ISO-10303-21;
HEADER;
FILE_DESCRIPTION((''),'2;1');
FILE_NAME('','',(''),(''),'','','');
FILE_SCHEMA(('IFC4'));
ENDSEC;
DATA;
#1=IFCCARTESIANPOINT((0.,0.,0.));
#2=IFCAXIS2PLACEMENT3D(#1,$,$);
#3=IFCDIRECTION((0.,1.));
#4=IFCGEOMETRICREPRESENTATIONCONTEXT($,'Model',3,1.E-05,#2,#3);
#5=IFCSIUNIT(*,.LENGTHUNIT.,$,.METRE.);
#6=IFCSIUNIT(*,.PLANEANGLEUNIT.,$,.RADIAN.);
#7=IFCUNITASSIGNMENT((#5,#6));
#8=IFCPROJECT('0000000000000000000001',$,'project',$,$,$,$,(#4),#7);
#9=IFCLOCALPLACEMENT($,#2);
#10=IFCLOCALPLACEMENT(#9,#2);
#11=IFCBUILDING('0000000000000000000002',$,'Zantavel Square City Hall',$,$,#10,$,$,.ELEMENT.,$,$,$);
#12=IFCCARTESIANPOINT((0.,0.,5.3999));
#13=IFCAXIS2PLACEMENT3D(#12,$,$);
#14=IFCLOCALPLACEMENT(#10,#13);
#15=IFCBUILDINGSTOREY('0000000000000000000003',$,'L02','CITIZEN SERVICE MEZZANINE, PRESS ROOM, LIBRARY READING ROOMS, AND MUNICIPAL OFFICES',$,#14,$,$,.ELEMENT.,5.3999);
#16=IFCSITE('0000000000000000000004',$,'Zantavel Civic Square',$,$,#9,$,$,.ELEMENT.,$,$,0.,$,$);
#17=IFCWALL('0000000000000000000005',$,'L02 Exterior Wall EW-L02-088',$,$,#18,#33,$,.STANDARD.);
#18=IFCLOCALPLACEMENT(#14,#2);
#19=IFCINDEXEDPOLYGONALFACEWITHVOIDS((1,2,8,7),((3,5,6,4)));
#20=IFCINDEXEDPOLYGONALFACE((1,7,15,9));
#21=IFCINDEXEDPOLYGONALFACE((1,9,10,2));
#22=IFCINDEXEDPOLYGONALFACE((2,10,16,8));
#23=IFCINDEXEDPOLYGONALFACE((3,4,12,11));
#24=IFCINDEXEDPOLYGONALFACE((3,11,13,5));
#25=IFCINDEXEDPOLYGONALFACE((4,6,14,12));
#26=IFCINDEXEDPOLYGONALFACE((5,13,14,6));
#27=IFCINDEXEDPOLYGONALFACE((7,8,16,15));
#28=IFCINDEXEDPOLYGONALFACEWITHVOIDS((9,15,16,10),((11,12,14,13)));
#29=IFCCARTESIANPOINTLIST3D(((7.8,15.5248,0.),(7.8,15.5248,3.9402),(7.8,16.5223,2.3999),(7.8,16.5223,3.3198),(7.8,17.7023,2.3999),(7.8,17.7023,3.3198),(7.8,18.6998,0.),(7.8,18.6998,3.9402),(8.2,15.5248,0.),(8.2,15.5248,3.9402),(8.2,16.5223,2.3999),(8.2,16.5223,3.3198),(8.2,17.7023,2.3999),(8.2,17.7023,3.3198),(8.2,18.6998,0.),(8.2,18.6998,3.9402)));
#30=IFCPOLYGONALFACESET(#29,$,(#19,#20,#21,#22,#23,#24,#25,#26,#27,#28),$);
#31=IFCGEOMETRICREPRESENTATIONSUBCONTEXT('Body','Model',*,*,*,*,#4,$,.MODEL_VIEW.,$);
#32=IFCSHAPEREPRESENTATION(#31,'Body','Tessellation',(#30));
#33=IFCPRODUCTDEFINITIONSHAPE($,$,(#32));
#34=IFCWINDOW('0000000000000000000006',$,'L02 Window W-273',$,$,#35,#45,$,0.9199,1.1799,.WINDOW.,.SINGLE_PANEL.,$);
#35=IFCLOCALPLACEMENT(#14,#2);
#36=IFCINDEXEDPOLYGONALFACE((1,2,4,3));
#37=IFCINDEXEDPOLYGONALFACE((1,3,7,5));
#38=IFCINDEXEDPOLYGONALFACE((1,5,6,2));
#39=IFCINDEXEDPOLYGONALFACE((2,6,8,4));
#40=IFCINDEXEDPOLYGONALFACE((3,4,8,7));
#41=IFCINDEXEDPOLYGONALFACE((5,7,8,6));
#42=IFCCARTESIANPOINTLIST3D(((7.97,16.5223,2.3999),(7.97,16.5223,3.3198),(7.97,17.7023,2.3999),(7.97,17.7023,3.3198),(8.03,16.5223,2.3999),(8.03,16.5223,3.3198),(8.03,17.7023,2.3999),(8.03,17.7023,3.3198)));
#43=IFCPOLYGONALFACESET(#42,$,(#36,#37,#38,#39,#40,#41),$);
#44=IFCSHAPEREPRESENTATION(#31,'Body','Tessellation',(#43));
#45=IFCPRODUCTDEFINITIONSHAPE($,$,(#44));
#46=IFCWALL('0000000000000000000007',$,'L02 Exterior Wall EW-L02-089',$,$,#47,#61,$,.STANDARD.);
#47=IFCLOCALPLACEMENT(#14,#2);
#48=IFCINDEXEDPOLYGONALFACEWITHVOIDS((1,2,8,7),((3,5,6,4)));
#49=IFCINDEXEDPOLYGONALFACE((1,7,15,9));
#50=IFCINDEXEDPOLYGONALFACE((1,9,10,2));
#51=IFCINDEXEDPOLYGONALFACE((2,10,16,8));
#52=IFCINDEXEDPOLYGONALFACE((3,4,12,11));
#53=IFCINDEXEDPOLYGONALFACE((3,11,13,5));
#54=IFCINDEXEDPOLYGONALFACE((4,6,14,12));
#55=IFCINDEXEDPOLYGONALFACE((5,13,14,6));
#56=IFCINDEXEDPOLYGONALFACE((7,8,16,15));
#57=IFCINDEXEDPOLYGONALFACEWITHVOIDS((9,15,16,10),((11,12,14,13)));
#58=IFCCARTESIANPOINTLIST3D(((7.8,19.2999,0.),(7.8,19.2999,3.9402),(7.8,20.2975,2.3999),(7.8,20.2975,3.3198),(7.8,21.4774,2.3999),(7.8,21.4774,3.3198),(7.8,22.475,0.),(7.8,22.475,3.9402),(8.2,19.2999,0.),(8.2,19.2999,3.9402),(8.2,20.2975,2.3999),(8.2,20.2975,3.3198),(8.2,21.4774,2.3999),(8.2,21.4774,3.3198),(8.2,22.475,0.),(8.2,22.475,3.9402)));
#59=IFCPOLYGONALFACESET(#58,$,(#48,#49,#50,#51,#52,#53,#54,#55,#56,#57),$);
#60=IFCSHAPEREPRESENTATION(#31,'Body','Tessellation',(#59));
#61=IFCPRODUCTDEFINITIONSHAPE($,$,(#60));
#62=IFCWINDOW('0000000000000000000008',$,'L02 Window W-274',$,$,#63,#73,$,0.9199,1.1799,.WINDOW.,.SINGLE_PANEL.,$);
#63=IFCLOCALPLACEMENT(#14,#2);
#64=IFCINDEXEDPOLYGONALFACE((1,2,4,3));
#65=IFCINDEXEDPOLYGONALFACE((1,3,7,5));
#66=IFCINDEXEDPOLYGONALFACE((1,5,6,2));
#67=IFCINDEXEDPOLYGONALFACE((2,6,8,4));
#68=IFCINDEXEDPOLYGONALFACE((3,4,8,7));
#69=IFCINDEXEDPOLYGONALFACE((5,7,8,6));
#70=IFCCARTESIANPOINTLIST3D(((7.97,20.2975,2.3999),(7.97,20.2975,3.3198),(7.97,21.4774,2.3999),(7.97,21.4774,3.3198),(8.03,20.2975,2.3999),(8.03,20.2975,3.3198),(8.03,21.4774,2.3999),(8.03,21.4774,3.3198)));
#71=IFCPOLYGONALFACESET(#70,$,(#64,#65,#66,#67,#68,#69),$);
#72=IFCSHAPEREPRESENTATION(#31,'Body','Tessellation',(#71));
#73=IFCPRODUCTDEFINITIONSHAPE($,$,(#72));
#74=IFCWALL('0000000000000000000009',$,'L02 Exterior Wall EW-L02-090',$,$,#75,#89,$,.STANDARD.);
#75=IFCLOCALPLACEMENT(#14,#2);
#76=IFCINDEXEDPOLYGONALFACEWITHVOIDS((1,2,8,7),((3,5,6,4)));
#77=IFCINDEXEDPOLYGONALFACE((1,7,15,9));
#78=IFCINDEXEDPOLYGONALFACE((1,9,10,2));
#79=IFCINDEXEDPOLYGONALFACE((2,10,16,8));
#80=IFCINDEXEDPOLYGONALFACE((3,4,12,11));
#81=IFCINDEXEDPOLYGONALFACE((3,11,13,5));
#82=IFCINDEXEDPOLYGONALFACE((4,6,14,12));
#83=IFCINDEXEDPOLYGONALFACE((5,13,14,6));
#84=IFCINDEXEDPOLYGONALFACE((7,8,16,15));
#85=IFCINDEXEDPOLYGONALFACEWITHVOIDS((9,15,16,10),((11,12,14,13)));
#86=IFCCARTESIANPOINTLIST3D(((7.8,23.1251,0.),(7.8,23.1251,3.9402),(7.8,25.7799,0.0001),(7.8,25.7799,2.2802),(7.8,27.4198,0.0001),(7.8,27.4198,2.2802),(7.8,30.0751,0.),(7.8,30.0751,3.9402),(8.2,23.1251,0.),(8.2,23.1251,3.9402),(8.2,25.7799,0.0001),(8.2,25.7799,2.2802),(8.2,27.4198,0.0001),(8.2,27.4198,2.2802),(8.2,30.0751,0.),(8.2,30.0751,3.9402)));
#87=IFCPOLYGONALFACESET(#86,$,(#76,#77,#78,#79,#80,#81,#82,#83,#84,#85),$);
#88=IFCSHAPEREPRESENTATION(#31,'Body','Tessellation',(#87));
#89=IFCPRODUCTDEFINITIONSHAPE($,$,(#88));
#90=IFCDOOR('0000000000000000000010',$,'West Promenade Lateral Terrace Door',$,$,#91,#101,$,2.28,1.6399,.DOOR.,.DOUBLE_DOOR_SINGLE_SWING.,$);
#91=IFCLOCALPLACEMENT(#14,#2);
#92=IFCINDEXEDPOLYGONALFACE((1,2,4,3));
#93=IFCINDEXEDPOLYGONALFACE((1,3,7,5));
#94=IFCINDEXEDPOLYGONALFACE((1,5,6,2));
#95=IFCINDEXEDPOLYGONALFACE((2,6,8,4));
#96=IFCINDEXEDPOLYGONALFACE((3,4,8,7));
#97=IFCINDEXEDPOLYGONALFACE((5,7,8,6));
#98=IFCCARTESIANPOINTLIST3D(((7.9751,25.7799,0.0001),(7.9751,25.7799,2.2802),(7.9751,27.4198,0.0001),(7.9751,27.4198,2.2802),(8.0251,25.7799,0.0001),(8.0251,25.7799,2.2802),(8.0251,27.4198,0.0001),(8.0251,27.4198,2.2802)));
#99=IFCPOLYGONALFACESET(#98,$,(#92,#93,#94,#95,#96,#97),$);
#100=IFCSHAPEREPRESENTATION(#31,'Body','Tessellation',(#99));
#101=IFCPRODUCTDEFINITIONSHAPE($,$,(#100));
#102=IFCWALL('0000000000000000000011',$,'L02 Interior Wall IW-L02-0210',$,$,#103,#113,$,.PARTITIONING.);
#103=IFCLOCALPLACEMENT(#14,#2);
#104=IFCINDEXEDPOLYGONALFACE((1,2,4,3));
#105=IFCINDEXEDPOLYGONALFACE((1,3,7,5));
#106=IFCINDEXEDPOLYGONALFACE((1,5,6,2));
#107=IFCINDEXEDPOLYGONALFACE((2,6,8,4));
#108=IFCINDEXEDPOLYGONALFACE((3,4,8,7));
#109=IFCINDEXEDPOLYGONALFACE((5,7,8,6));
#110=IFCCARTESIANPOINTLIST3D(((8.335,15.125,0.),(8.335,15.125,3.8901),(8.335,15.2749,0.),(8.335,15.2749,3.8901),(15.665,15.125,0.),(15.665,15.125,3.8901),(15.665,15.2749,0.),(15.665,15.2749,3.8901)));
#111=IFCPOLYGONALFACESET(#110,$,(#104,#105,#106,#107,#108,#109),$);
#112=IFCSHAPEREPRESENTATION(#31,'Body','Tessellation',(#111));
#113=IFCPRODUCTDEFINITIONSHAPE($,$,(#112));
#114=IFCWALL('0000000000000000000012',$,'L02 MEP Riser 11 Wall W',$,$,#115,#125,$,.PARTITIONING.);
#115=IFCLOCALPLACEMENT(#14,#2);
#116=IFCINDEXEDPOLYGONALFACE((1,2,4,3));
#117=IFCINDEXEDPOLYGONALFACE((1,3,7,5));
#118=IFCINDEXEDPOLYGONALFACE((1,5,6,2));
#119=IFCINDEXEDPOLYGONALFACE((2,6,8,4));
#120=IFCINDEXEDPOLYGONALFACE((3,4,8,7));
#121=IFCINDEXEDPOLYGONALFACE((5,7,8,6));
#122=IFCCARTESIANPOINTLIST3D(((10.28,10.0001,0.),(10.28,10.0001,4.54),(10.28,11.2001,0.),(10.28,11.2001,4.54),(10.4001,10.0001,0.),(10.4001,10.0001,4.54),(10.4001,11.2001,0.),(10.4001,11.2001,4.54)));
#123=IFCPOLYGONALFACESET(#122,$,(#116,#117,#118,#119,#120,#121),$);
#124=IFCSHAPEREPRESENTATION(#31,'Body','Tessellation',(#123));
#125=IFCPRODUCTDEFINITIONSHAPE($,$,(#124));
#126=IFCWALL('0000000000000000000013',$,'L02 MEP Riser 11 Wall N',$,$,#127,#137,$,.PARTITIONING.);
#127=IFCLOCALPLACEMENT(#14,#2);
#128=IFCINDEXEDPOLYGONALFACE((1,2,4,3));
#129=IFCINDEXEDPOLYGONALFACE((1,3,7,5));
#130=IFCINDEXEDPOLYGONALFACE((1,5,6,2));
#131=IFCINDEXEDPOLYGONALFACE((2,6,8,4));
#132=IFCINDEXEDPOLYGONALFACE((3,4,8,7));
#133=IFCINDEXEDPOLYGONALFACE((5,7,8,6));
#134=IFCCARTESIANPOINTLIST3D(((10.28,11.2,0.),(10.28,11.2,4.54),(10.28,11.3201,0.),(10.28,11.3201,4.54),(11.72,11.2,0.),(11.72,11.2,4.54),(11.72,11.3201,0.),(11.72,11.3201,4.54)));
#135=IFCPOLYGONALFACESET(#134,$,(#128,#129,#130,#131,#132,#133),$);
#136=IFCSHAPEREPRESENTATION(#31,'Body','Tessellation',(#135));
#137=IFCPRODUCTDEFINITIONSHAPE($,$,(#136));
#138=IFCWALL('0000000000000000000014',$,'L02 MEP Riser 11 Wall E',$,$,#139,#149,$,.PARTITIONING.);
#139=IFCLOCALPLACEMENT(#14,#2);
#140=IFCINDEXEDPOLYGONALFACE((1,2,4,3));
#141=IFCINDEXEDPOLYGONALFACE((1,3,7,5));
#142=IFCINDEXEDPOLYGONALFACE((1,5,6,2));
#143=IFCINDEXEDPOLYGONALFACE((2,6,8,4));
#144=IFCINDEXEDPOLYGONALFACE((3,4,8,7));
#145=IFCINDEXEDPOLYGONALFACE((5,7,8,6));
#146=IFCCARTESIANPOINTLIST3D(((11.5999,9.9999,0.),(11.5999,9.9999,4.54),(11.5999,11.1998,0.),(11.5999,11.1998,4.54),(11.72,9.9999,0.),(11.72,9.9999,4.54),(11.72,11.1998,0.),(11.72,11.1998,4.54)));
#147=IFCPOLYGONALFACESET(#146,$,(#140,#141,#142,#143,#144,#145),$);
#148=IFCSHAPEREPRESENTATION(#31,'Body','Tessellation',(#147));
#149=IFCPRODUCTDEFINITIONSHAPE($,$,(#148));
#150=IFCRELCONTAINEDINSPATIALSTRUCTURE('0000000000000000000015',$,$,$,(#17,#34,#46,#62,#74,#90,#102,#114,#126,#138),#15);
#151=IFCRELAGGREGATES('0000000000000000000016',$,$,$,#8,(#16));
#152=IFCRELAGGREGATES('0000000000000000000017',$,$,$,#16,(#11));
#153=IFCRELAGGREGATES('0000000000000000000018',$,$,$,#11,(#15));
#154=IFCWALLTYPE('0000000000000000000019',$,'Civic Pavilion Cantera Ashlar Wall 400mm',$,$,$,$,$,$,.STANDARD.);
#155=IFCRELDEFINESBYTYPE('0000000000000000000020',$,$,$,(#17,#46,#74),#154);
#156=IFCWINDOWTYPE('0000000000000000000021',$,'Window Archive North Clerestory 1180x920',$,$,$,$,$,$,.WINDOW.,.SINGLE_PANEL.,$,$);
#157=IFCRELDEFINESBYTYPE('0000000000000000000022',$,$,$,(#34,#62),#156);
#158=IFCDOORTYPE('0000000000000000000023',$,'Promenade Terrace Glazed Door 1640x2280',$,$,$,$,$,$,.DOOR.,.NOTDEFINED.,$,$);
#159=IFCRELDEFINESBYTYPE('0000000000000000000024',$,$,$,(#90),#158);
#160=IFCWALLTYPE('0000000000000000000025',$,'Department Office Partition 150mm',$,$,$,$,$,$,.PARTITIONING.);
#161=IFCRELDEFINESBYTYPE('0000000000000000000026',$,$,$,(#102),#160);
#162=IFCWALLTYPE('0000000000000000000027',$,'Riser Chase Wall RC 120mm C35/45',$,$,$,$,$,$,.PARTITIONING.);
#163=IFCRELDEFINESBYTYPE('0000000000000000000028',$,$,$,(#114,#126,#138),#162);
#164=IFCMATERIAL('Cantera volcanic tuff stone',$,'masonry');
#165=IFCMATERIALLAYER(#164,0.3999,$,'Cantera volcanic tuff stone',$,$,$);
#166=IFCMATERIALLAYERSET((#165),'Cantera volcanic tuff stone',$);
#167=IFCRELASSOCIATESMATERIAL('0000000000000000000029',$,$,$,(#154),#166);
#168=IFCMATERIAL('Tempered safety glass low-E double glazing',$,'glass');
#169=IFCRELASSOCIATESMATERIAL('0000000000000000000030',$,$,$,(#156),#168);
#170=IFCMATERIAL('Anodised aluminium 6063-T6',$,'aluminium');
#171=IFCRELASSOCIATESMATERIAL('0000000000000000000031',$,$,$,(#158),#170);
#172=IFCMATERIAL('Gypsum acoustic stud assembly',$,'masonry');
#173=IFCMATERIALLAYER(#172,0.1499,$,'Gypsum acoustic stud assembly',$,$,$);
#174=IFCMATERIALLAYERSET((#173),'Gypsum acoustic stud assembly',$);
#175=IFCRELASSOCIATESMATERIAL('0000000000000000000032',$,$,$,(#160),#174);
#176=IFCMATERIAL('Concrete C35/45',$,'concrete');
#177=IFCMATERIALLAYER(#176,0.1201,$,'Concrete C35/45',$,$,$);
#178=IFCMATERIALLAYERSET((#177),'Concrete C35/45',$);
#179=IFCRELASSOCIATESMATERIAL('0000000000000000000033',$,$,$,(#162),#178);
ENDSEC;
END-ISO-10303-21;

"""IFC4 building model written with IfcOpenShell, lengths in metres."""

from ifc_helpers import new_model, si_unit, direction, frame, frame_2d, origin, place, context, subcontext, project, spatial, rectangle, extrude, material, layer, layer_set, type_object, element, fill, save


model = new_model("IFC4")

# Units and contexts
model_context = context("Model", 3, precision=1e-05, world=origin(), true_north=direction((0.0, 1.0)))
body_context = subcontext(model_context, "Body", "Model", "MODEL_VIEW")
ifc_project = project(units=[si_unit("LENGTHUNIT", "METRE"), si_unit("PLANEANGLEUNIT", "RADIAN")], contexts=[model_context])

# Site, building, storey
site_placement = place(None, origin())
site = spatial("IfcSite", under=ifc_project, at=site_placement, Name="Zantavel Civic Square", CompositionType="ELEMENT", RefElevation=0.0)
building_placement = place(site_placement, origin())
building = spatial("IfcBuilding", under=site, at=building_placement, Name="Zantavel Square City Hall", CompositionType="ELEMENT")
storey_placement = place(building_placement, frame((0.0, 0.0, 5.3999)))
storey = spatial("IfcBuildingStorey", under=building, at=storey_placement, Name="L02", Description="CITIZEN SERVICE MEZZANINE, PRESS ROOM, LIBRARY READING ROOMS, AND MUNICIPAL OFFICES", CompositionType="ELEMENT", Elevation=5.3999)

# Shared definitions
ifc_material_1 = material(Name="Concrete C35/45", Category="concrete")

# Walls, openings, windows
ifc_material_2 = material(Name="Cantera volcanic tuff stone", Category="masonry")
ifc_layer_1 = layer(ifc_material_2, 0.3999, Name="Cantera volcanic tuff stone")
ifc_layer_set_1 = layer_set([ifc_layer_1], Name="Cantera volcanic tuff stone")
wall_type_1 = type_object("IfcWallType", Name="Civic Pavilion Cantera Ashlar Wall 400mm", PredefinedType="STANDARD", material=ifc_layer_set_1)
wall_1_placement = place(storey_placement, frame((8.0, 15.5249, 0.0), z_axis=(0.0, 0.0, 1.0), x_axis=(0.0, 1.0, 0.0)))
wall_1 = element("IfcWall", 1, at=wall_1_placement, inside=storey, type_object=wall_type_1, Name="L02 Exterior Wall EW-L02-088", PredefinedType="STANDARD", context=body_context, shape_type="SweptSolid", body=[
    extrude(rectangle(XDim=3.175, YDim=0.3999, at=frame_2d((1.5874, 0.0))), origin(), (0.0, 0.0, 1.0), 3.9402),
])
opening_1_placement = place(wall_1_placement, frame((0.9976, 0.0, 2.3999)))
opening_1 = element("IfcOpeningElement", 2, at=opening_1_placement, cuts=wall_1, PredefinedType="OPENING", context=body_context, shape_type="SweptSolid", body=[
    extrude(rectangle(XDim=1.1799, YDim=0.9199, at=frame_2d((0.5898, 0.46))), frame((0.0, 0.21, 0.0), z_axis=(0.0, -1.0, 0.0), x_axis=(1.0, 0.0, 0.0)), (0.0, 0.0, 1.0), 0.4199),
])
ifc_material_3 = material(Name="Tempered safety glass low-E double glazing", Category="glass")
window_type = type_object("IfcWindowType", Name="Window Archive North Clerestory 1180x920", PartitioningType="SINGLE_PANEL", PredefinedType="WINDOW", material=ifc_material_3)
window_1_placement = place(opening_1_placement, origin())
window_1 = element("IfcWindow", 3, at=window_1_placement, inside=storey, type_object=window_type, Name="L02 Window W-273", OverallHeight=0.9199, OverallWidth=1.1799, PartitioningType="SINGLE_PANEL", PredefinedType="WINDOW", context=body_context, shape_type="SweptSolid", body=[
    extrude(rectangle(XDim=1.1799, YDim=0.9199, at=frame_2d((0.5898, 0.46))), frame((0.0, 0.03, 0.0), z_axis=(0.0, -1.0, 0.0), x_axis=(1.0, 0.0, 0.0)), (0.0, 0.0, 1.0), 0.0601),
])
fill(opening_1, window_1)
wall_2_placement = place(storey_placement, frame((8.0, 19.3, 0.0), z_axis=(0.0, 0.0, 1.0), x_axis=(0.0, 1.0, 0.0)))
wall_2 = element("IfcWall", 4, at=wall_2_placement, inside=storey, type_object=wall_type_1, Name="L02 Exterior Wall EW-L02-089", PredefinedType="STANDARD", context=body_context, shape_type="SweptSolid", body=[
    extrude(rectangle(XDim=3.175, YDim=0.3999, at=frame_2d((1.5874, 0.0))), origin(), (0.0, 0.0, 1.0), 3.9402),
])
opening_2_placement = place(wall_2_placement, frame((0.9976, 0.0, 2.3999)))
opening_2 = element("IfcOpeningElement", 5, at=opening_2_placement, cuts=wall_2, PredefinedType="OPENING", context=body_context, shape_type="SweptSolid", body=[
    extrude(rectangle(XDim=1.1799, YDim=0.9199, at=frame_2d((0.5898, 0.46))), frame((0.0, 0.21, 0.0), z_axis=(0.0, -1.0, 0.0), x_axis=(1.0, 0.0, 0.0)), (0.0, 0.0, 1.0), 0.4199),
])
window_2_placement = place(opening_2_placement, origin())
window_2 = element("IfcWindow", 6, at=window_2_placement, inside=storey, type_object=window_type, Name="L02 Window W-274", OverallHeight=0.9199, OverallWidth=1.1799, PartitioningType="SINGLE_PANEL", PredefinedType="WINDOW", context=body_context, shape_type="SweptSolid", body=[
    extrude(rectangle(XDim=1.1799, YDim=0.9199, at=frame_2d((0.5898, 0.46))), frame((0.0, 0.03, 0.0), z_axis=(0.0, -1.0, 0.0), x_axis=(1.0, 0.0, 0.0)), (0.0, 0.0, 1.0), 0.0601),
])
fill(opening_2, window_2)

# Wall, opening, door
wall_3_placement = place(storey_placement, frame((8.0, 23.125, 0.0), z_axis=(0.0, 0.0, 1.0), x_axis=(0.0, 1.0, 0.0)))
wall_3 = element("IfcWall", 7, at=wall_3_placement, inside=storey, type_object=wall_type_1, Name="L02 Exterior Wall EW-L02-090", PredefinedType="STANDARD", context=body_context, shape_type="SweptSolid", body=[
    extrude(rectangle(XDim=6.95, YDim=0.3999, at=frame_2d((3.4751, 0.0))), origin(), (0.0, 0.0, 1.0), 3.9402),
])
opening_3_placement = place(wall_3_placement, frame((2.655, 0.0, 0.0)))
opening_3 = element("IfcOpeningElement", 8, at=opening_3_placement, cuts=wall_3, PredefinedType="OPENING", context=body_context, shape_type="SweptSolid", body=[
    extrude(rectangle(XDim=1.6399, YDim=2.28, at=frame_2d((0.8198, 1.1401))), frame((0.0, 0.21, 0.0), z_axis=(0.0, -1.0, 0.0), x_axis=(1.0, 0.0, 0.0)), (0.0, 0.0, 1.0), 0.4199),
])
ifc_material_4 = material(Name="Anodised aluminium 6063-T6", Category="aluminium")
door_type = type_object("IfcDoorType", Name="Promenade Terrace Glazed Door 1640x2280", OperationType="NOTDEFINED", PredefinedType="DOOR", material=ifc_material_4)
door_placement = place(opening_3_placement, origin())
door = element("IfcDoor", 9, at=door_placement, inside=storey, type_object=door_type, Name="West Promenade Lateral Terrace Door", OperationType="DOUBLE_DOOR_SINGLE_SWING", OverallHeight=2.28, OverallWidth=1.6399, PredefinedType="DOOR", context=body_context, shape_type="SweptSolid", body=[
    extrude(rectangle(XDim=1.6399, YDim=2.28, at=frame_2d((0.8198, 1.1401))), frame((0.0, 0.0249, 0.0), z_axis=(0.0, -1.0, 0.0), x_axis=(1.0, 0.0, 0.0)), (0.0, 0.0, 1.0), 0.05),
])
fill(opening_3, door)

# Walls
ifc_material_5 = material(Name="Gypsum acoustic stud assembly", Category="masonry")
ifc_layer_2 = layer(ifc_material_5, 0.1499, Name="Gypsum acoustic stud assembly")
ifc_layer_set_2 = layer_set([ifc_layer_2], Name="Gypsum acoustic stud assembly")
wall_type_2 = type_object("IfcWallType", Name="Department Office Partition 150mm", PredefinedType="PARTITIONING", material=ifc_layer_set_2)
wall_4_placement = place(storey_placement, frame((15.665, 15.2, 0.0), z_axis=(0.0, 0.0, 1.0), x_axis=(-1.0, 0.0, 0.0)))
element("IfcWall", 10, at=wall_4_placement, inside=storey, type_object=wall_type_2, Name="L02 Interior Wall IW-L02-0210", PredefinedType="PARTITIONING", context=body_context, shape_type="SweptSolid", body=[
    extrude(rectangle(XDim=7.3301, YDim=0.1499, at=frame_2d((3.665, 0.0))), origin(), (0.0, 0.0, 1.0), 3.8901),
])
ifc_layer_3 = layer(ifc_material_1, 0.1201, Name="Concrete C35/45")
ifc_layer_set_3 = layer_set([ifc_layer_3], Name="Concrete C35/45")
wall_type_3 = type_object("IfcWallType", Name="Riser Chase Wall RC 120mm C35/45", PredefinedType="PARTITIONING", material=ifc_layer_set_3)
wall_5_placement = place(storey_placement, frame((10.3401, 10.0, 0.0), z_axis=(0.0, 0.0, 1.0), x_axis=(0.0, 1.0, 0.0)))
element("IfcWall", 11, at=wall_5_placement, inside=storey, type_object=wall_type_3, Name="L02 MEP Riser 11 Wall W", PredefinedType="PARTITIONING", context=body_context, shape_type="SweptSolid", body=[
    extrude(rectangle(XDim=1.2, YDim=0.1201, at=frame_2d((0.6001, 0.0))), origin(), (0.0, 0.0, 1.0), 4.54),
])
wall_6_placement = place(storey_placement, frame((10.28, 11.26, 0.0), z_axis=(0.0, 0.0, 1.0), x_axis=(1.0, 0.0, 0.0)))
element("IfcWall", 12, at=wall_6_placement, inside=storey, type_object=wall_type_3, Name="L02 MEP Riser 11 Wall N", PredefinedType="PARTITIONING", context=body_context, shape_type="SweptSolid", body=[
    extrude(rectangle(XDim=1.4399, YDim=0.1201, at=frame_2d((0.72, 0.0))), origin(), (0.0, 0.0, 1.0), 4.54),
])
wall_7_placement = place(storey_placement, frame((11.6599, 11.2, 0.0), z_axis=(0.0, 0.0, 1.0), x_axis=(0.0, -1.0, 0.0)))
element("IfcWall", 13, at=wall_7_placement, inside=storey, type_object=wall_type_3, Name="L02 MEP Riser 11 Wall E", PredefinedType="PARTITIONING", context=body_context, shape_type="SweptSolid", body=[
    extrude(rectangle(XDim=1.2, YDim=0.1201, at=frame_2d((0.6001, 0.0))), origin(), (0.0, 0.0, 1.0), 4.54),
])

save(model, "model.ifc")
